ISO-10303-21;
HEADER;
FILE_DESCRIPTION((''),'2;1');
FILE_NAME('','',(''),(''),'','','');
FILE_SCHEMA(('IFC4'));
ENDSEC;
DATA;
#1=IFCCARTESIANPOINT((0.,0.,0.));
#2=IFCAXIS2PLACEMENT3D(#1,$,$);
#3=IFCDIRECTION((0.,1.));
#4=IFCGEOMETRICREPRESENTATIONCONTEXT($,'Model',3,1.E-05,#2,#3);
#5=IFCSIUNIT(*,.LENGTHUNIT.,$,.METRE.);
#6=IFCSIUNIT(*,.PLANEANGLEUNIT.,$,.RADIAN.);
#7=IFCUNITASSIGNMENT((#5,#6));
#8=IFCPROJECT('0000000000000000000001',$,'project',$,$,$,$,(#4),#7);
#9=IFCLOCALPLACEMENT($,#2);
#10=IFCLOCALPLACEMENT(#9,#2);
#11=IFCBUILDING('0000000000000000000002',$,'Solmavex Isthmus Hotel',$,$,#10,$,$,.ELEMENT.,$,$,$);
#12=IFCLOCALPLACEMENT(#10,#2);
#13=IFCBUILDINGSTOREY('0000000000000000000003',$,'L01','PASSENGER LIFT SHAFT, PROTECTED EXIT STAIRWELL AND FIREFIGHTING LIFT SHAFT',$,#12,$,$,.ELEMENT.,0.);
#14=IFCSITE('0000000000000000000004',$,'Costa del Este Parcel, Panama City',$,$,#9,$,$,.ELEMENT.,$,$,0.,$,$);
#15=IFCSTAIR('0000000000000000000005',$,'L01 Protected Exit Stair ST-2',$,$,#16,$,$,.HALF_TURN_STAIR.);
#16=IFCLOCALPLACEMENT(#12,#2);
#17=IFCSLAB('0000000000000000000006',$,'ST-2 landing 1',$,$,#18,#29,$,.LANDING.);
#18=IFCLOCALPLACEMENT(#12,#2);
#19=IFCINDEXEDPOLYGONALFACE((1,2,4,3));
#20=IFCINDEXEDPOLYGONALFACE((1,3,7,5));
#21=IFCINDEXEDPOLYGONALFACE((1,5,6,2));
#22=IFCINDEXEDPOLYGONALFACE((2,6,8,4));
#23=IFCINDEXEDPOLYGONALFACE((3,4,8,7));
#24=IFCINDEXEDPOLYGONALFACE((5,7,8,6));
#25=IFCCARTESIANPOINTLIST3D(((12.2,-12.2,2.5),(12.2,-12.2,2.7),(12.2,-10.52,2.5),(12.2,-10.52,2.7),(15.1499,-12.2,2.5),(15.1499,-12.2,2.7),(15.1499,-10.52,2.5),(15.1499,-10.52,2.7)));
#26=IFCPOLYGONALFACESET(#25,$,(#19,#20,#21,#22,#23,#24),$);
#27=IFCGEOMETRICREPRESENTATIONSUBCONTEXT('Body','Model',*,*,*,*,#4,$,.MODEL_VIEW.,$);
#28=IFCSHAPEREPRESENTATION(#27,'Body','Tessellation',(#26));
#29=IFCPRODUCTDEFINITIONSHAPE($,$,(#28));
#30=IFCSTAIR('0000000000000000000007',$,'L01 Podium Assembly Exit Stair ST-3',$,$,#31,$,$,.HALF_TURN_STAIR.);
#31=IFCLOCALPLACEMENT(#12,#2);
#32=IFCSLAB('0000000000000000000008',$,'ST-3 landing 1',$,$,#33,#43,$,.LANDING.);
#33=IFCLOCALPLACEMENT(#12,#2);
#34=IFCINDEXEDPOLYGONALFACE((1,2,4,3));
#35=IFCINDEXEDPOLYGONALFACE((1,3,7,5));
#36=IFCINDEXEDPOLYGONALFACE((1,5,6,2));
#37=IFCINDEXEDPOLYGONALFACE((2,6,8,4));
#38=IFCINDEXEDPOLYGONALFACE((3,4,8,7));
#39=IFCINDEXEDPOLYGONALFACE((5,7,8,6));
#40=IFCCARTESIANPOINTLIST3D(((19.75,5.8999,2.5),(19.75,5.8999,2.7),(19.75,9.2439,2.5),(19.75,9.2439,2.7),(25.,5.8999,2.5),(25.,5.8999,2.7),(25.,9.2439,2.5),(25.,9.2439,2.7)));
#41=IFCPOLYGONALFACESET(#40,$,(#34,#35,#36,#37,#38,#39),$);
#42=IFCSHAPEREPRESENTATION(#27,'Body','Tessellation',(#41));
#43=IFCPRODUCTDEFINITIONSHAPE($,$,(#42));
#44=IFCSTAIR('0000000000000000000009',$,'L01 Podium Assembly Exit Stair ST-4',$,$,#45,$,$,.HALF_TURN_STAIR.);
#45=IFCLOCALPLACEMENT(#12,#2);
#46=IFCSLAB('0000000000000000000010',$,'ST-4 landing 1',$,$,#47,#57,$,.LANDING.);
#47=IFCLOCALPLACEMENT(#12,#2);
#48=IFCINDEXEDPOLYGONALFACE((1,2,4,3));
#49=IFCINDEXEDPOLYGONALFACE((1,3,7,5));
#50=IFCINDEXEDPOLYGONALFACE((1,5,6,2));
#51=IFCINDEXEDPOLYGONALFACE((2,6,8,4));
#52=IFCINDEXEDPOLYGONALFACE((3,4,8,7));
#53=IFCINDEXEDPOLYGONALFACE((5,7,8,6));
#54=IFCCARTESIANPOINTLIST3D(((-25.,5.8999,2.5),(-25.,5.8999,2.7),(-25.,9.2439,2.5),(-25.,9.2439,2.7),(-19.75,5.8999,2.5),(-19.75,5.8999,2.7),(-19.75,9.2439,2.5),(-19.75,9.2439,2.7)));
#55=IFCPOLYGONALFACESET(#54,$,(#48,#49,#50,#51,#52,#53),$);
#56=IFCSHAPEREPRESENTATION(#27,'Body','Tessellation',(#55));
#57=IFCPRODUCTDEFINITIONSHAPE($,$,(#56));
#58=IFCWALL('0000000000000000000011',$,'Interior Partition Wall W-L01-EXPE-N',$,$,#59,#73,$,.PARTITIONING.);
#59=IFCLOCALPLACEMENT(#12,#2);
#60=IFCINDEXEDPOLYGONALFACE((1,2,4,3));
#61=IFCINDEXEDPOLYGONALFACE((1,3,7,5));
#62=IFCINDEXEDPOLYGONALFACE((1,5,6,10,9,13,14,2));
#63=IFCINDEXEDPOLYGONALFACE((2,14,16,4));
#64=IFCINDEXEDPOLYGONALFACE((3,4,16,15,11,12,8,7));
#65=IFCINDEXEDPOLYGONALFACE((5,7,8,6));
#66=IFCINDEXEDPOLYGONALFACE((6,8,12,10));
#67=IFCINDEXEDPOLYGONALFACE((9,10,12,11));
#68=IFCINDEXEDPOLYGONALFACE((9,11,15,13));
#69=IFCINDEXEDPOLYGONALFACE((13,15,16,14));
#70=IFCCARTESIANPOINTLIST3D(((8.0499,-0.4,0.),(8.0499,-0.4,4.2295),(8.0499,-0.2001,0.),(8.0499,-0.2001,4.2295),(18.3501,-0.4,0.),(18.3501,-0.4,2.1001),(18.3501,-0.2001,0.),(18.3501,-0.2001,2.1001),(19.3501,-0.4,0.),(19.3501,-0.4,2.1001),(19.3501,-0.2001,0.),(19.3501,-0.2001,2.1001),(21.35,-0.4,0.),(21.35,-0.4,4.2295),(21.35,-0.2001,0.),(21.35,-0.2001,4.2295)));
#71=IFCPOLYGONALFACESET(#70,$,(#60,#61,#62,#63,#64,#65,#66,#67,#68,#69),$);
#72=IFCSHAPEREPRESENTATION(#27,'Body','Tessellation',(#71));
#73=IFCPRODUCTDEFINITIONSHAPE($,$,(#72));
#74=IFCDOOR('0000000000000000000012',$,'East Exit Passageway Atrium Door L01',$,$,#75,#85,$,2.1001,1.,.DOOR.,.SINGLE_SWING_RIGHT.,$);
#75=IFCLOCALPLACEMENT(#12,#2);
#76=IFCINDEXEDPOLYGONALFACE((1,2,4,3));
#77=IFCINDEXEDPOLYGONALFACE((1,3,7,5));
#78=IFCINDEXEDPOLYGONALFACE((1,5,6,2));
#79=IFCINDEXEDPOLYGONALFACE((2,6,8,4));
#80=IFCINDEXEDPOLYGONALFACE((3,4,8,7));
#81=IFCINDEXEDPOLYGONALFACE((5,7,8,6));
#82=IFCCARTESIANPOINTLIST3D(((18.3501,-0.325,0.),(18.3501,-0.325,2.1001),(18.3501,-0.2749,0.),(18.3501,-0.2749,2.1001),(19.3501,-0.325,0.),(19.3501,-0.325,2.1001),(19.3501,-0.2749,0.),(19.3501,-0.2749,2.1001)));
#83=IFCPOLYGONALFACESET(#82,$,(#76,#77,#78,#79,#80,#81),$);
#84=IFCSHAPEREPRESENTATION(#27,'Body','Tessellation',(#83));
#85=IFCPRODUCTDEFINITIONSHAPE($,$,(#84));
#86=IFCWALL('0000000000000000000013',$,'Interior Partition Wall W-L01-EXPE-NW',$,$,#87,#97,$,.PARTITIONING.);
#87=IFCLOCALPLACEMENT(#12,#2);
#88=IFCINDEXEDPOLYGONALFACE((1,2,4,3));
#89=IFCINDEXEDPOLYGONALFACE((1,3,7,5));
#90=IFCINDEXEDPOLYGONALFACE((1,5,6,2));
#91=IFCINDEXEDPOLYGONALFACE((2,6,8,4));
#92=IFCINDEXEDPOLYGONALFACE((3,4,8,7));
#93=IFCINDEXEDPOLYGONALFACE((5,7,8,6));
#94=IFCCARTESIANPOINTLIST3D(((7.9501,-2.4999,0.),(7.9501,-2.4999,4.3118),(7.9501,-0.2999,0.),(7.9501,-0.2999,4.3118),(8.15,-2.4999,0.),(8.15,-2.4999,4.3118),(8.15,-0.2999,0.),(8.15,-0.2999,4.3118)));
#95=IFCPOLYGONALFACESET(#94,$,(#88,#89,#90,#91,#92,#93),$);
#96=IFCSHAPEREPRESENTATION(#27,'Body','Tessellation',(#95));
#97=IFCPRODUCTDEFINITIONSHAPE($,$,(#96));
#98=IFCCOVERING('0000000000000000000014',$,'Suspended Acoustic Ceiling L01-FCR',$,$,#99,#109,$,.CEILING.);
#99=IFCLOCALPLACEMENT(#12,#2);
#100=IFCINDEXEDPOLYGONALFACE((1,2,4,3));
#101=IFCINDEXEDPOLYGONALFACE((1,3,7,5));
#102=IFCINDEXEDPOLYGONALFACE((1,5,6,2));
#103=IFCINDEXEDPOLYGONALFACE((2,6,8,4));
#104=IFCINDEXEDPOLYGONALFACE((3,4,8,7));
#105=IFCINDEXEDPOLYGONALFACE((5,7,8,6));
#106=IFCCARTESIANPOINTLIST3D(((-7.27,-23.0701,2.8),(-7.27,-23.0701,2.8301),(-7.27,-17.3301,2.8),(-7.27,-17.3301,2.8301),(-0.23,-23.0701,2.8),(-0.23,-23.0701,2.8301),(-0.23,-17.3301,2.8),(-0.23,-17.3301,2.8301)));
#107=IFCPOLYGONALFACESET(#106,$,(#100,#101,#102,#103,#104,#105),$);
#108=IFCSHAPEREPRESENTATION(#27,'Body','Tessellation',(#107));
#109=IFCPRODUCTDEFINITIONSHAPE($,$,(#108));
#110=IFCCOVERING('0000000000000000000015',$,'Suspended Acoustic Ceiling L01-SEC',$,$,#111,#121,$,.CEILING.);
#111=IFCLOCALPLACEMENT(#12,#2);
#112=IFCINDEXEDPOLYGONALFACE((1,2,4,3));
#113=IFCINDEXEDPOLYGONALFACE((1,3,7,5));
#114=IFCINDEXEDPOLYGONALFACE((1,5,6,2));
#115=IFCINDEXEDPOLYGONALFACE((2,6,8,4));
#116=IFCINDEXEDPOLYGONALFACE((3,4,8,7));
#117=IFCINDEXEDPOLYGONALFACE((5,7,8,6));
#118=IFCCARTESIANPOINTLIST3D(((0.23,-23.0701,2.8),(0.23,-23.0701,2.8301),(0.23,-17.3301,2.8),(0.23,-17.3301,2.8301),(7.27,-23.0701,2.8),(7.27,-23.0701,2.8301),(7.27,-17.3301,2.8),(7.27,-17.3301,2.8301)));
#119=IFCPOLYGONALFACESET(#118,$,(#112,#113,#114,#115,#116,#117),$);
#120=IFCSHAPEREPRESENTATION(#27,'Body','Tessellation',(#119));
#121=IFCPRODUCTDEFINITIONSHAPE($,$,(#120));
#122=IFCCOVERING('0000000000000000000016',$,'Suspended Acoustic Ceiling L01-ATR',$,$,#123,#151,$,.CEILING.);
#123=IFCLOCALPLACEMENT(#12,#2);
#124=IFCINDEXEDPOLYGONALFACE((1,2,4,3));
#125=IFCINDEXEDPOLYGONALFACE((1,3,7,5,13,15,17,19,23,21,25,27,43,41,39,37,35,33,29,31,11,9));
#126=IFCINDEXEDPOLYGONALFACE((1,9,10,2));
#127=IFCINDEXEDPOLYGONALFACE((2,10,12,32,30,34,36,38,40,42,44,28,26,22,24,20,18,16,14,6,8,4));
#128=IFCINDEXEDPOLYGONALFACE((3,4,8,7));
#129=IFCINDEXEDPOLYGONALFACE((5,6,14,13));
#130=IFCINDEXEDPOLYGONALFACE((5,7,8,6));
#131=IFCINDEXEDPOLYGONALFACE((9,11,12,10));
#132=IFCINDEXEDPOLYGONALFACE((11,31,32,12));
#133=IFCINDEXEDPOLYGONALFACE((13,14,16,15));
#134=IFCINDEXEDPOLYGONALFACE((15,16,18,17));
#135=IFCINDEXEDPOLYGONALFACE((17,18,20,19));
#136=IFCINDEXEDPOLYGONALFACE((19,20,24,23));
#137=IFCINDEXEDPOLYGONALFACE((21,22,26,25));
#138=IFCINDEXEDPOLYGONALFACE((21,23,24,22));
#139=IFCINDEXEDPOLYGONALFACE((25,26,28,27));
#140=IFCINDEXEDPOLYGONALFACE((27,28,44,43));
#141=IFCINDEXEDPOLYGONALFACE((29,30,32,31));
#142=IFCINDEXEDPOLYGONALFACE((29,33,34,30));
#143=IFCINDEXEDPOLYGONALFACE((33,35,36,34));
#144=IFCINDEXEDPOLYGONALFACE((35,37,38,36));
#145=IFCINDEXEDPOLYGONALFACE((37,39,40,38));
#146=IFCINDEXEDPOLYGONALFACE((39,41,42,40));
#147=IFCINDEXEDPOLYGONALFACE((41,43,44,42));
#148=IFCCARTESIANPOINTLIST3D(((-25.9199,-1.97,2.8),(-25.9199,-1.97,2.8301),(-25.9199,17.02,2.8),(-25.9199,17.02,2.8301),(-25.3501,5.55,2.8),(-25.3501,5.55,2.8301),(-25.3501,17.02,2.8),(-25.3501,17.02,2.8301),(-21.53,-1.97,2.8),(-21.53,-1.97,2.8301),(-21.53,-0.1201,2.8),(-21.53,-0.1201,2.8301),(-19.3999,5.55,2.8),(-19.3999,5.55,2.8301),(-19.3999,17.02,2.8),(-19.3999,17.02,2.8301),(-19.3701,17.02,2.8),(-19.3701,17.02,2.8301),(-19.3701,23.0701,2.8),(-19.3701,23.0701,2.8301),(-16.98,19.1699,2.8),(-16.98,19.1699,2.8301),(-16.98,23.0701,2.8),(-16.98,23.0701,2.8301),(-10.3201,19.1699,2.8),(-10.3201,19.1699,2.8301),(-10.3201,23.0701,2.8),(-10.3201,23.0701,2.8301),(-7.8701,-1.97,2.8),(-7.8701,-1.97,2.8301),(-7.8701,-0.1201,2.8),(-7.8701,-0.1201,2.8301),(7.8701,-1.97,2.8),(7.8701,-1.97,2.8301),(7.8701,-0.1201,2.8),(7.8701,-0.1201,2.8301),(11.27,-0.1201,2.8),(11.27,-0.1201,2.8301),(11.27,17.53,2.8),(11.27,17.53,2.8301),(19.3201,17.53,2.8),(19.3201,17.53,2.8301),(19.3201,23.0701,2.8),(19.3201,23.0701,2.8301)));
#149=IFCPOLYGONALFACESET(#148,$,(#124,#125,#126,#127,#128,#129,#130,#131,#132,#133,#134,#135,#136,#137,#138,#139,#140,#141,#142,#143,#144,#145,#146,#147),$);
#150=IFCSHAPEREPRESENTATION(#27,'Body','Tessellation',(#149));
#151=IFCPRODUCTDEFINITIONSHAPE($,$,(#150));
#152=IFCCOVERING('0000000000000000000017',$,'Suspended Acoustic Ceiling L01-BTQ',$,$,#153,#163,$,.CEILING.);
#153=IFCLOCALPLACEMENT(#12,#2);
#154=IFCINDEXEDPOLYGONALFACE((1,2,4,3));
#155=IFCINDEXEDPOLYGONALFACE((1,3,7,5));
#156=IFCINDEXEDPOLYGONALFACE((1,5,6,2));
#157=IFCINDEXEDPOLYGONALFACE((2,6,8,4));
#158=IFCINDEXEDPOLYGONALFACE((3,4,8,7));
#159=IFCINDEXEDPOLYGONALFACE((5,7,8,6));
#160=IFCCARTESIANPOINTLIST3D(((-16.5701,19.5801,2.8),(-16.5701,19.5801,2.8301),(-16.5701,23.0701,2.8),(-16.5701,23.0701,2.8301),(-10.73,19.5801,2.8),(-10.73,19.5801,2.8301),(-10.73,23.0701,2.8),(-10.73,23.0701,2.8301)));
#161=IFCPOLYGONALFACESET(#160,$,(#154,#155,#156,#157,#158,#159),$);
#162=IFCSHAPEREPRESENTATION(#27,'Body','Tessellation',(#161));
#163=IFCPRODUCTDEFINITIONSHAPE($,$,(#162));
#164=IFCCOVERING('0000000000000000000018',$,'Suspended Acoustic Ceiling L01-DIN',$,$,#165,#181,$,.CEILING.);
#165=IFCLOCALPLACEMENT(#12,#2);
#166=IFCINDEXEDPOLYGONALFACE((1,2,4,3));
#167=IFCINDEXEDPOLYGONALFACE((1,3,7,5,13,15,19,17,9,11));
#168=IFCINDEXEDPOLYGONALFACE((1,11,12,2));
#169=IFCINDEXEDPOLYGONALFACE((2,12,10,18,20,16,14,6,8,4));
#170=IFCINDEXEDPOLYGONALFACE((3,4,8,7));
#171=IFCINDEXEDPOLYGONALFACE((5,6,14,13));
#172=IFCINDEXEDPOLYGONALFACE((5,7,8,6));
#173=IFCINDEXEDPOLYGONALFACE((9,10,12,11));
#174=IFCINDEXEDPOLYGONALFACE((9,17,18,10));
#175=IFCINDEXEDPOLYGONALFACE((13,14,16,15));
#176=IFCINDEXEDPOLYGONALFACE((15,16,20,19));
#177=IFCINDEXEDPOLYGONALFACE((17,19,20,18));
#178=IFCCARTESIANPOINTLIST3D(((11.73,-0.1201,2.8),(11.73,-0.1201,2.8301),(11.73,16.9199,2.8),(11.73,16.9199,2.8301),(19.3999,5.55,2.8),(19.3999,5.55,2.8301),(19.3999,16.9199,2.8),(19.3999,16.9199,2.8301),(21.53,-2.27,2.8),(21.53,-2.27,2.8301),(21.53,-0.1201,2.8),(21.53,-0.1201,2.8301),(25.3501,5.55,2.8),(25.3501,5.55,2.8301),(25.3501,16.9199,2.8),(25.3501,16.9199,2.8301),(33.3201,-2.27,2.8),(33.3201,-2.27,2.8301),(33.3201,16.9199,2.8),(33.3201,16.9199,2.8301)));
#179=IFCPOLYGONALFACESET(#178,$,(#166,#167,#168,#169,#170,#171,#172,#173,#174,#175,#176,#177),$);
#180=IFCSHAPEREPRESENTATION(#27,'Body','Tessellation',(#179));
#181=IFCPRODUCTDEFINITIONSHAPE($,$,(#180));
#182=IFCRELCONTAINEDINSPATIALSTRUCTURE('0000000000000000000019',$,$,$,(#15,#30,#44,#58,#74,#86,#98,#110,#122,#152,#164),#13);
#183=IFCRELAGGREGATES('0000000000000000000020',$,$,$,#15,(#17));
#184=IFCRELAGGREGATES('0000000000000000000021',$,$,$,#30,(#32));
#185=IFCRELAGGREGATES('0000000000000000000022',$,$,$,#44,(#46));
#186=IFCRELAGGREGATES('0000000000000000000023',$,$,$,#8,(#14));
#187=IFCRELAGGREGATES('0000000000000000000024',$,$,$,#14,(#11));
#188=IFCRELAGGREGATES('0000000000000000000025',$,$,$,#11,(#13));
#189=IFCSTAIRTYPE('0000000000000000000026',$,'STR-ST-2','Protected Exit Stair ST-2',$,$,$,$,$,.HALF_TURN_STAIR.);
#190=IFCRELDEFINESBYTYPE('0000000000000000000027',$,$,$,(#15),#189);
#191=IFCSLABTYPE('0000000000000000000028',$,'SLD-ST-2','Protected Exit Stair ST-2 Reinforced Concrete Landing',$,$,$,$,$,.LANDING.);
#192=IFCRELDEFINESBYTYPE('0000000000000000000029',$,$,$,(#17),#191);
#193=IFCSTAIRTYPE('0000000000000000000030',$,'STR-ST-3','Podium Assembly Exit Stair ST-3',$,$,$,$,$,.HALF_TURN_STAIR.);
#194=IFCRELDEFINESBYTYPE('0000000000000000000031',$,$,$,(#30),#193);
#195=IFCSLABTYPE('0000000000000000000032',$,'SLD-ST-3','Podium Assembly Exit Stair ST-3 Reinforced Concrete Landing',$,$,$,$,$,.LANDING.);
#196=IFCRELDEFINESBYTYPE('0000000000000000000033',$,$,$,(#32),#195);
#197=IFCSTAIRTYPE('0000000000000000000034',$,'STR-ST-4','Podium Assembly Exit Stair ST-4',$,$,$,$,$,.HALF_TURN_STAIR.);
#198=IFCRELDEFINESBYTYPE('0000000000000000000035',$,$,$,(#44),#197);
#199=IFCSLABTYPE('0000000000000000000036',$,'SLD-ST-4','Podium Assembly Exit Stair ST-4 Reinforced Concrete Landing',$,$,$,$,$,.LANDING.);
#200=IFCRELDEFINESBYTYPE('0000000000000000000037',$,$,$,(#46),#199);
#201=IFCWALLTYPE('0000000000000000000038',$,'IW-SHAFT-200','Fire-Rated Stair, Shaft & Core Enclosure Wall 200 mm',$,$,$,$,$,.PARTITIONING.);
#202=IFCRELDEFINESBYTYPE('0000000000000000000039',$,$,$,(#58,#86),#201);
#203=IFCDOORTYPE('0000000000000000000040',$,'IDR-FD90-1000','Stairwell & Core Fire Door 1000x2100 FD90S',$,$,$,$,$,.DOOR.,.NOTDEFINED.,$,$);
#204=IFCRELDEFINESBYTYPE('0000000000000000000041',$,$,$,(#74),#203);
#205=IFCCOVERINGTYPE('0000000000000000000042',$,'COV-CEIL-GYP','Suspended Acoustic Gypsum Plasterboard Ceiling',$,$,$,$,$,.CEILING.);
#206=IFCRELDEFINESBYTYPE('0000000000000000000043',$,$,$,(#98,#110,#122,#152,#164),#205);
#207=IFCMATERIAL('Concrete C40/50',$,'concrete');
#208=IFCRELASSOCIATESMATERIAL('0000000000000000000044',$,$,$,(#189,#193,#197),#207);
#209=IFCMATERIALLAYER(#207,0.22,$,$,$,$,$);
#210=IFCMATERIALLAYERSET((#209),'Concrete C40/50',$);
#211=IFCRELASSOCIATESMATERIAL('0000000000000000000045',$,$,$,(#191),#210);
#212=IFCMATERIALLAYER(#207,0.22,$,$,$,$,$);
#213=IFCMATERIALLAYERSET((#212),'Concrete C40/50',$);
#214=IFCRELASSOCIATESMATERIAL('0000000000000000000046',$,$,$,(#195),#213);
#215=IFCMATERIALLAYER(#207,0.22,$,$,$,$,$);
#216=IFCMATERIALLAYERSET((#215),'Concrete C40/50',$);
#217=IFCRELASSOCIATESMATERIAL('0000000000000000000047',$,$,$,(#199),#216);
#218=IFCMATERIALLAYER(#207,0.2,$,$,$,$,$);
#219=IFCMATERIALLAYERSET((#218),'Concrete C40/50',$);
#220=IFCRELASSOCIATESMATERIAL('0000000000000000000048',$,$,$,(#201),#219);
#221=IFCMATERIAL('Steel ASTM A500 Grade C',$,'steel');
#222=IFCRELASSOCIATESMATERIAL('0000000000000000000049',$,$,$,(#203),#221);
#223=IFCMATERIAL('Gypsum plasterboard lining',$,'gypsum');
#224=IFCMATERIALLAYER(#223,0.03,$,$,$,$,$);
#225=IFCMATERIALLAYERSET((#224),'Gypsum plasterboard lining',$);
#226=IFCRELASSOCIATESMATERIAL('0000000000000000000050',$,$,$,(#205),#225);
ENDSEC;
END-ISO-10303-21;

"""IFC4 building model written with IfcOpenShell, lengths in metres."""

from ifc_helpers import new_model, si_unit, direction, frame, frame_2d, origin, place, context, subcontext, project, spatial, polyline, rectangle, outline, extrude, material, layer, layer_set, type_object, element, fill, aggregate, save


model = new_model("IFC4")

# Units and contexts
model_context = context("Model", 3, precision=1e-05, world=origin(), true_north=direction((0.0, 1.0)))
body_context = subcontext(model_context, "Body", "Model", "MODEL_VIEW")
ifc_project = project(units=[si_unit("LENGTHUNIT", "METRE"), si_unit("PLANEANGLEUNIT", "RADIAN")], contexts=[model_context])

# Site, building, storey
site_placement = place(None, origin())
site = spatial("IfcSite", under=ifc_project, at=site_placement, Name="Costa del Este Parcel, Panama City", CompositionType="ELEMENT", RefElevation=0.0)
building_placement = place(site_placement, origin())
building = spatial("IfcBuilding", under=site, at=building_placement, Name="Solmavex Isthmus Hotel", CompositionType="ELEMENT")
storey_placement = place(building_placement, origin())
storey = spatial("IfcBuildingStorey", under=building, at=storey_placement, Name="L01", Description="PASSENGER LIFT SHAFT, PROTECTED EXIT STAIRWELL AND FIREFIGHTING LIFT SHAFT", CompositionType="ELEMENT", Elevation=0.0)

# Shared definitions
ifc_material_1 = material(Name="Concrete C40/50", Category="concrete")

# Stairs, slabs
stair_type_1 = type_object("IfcStairType", Name="STR-ST-2", Description="Protected Exit Stair ST-2", PredefinedType="HALF_TURN_STAIR", material=ifc_material_1)
stair_1_placement = place(storey_placement, origin())
stair_1 = element("IfcStair", 1, at=stair_1_placement, inside=storey, type_object=stair_type_1, Name="L01 Protected Exit Stair ST-2", PredefinedType="HALF_TURN_STAIR")
ifc_layer_1 = layer(ifc_material_1, 0.22)
ifc_layer_set_1 = layer_set([ifc_layer_1], Name="Concrete C40/50")
slab_type_1 = type_object("IfcSlabType", Name="SLD-ST-2", Description="Protected Exit Stair ST-2 Reinforced Concrete Landing", PredefinedType="LANDING", material=ifc_layer_set_1)
slab_1_placement = place(storey_placement, frame((0.0, 0.0, 2.5)))
slab_1 = element("IfcSlab", 2, at=slab_1_placement, type_object=slab_type_1, Name="ST-2 landing 1", PredefinedType="LANDING", context=body_context, shape_type="SweptSolid", body=[
    extrude(outline(polyline([(12.2, -10.52), (12.2, -12.2), (15.1499, -12.2), (15.1499, -10.52), (12.2, -10.52)])), origin(), (0.0, 0.0, 1.0), 0.2),
])
aggregate(stair_1, [slab_1])
stair_type_2 = type_object("IfcStairType", Name="STR-ST-3", Description="Podium Assembly Exit Stair ST-3", PredefinedType="HALF_TURN_STAIR", material=ifc_material_1)
stair_2_placement = place(storey_placement, origin())
stair_2 = element("IfcStair", 3, at=stair_2_placement, inside=storey, type_object=stair_type_2, Name="L01 Podium Assembly Exit Stair ST-3", PredefinedType="HALF_TURN_STAIR")
ifc_layer_2 = layer(ifc_material_1, 0.22)
ifc_layer_set_2 = layer_set([ifc_layer_2], Name="Concrete C40/50")
slab_type_2 = type_object("IfcSlabType", Name="SLD-ST-3", Description="Podium Assembly Exit Stair ST-3 Reinforced Concrete Landing", PredefinedType="LANDING", material=ifc_layer_set_2)
slab_2_placement = place(storey_placement, frame((0.0, 0.0, 2.5)))
slab_2 = element("IfcSlab", 4, at=slab_2_placement, type_object=slab_type_2, Name="ST-3 landing 1", PredefinedType="LANDING", context=body_context, shape_type="SweptSolid", body=[
    extrude(outline(polyline([(19.75, 9.2439), (19.75, 5.8999), (25.0, 5.8999), (25.0, 9.2439), (19.75, 9.2439)])), origin(), (0.0, 0.0, 1.0), 0.2),
])
aggregate(stair_2, [slab_2])
stair_type_3 = type_object("IfcStairType", Name="STR-ST-4", Description="Podium Assembly Exit Stair ST-4", PredefinedType="HALF_TURN_STAIR", material=ifc_material_1)
stair_3_placement = place(storey_placement, origin())
stair_3 = element("IfcStair", 5, at=stair_3_placement, inside=storey, type_object=stair_type_3, Name="L01 Podium Assembly Exit Stair ST-4", PredefinedType="HALF_TURN_STAIR")
ifc_layer_3 = layer(ifc_material_1, 0.22)
ifc_layer_set_3 = layer_set([ifc_layer_3], Name="Concrete C40/50")
slab_type_3 = type_object("IfcSlabType", Name="SLD-ST-4", Description="Podium Assembly Exit Stair ST-4 Reinforced Concrete Landing", PredefinedType="LANDING", material=ifc_layer_set_3)
slab_3_placement = place(storey_placement, frame((0.0, 0.0, 2.5)))
slab_3 = element("IfcSlab", 6, at=slab_3_placement, type_object=slab_type_3, Name="ST-4 landing 1", PredefinedType="LANDING", context=body_context, shape_type="SweptSolid", body=[
    extrude(outline(polyline([(-25.0, 9.2439), (-25.0, 5.8999), (-19.75, 5.8999), (-19.75, 9.2439), (-25.0, 9.2439)])), origin(), (0.0, 0.0, 1.0), 0.2),
])
aggregate(stair_3, [slab_3])

# Wall, opening, door
ifc_layer_4 = layer(ifc_material_1, 0.2)
ifc_layer_set_4 = layer_set([ifc_layer_4], Name="Concrete C40/50")
wall_type = type_object("IfcWallType", Name="IW-SHAFT-200", Description="Fire-Rated Stair, Shaft & Core Enclosure Wall 200 mm", PredefinedType="PARTITIONING", material=ifc_layer_set_4)
wall_1_placement = place(storey_placement, frame((8.05, -0.3, 0.0), z_axis=(0.0, 0.0, 1.0), x_axis=(1.0, 0.0, 0.0)))
wall_1 = element("IfcWall", 7, at=wall_1_placement, inside=storey, type_object=wall_type, Name="Interior Partition Wall W-L01-EXPE-N", PredefinedType="PARTITIONING", context=body_context, shape_type="SweptSolid", body=[
    extrude(rectangle(XDim=13.3, YDim=0.2, at=frame_2d((6.6499, 0.0))), origin(), (0.0, 0.0, 1.0), 4.2295),
])
opening_placement = place(wall_1_placement, frame((10.3, 0.0, 0.0)))
opening = element("IfcOpeningElement", 8, at=opening_placement, cuts=wall_1, PredefinedType="OPENING", context=body_context, shape_type="SweptSolid", body=[
    extrude(rectangle(XDim=1.0, YDim=2.1001, at=frame_2d((0.5, 1.05))), frame((0.0, 0.1099, 0.0), z_axis=(0.0, -1.0, 0.0), x_axis=(1.0, 0.0, 0.0)), (0.0, 0.0, 1.0), 0.22),
])
ifc_material_2 = material(Name="Steel ASTM A500 Grade C", Category="steel")
door_type = type_object("IfcDoorType", Name="IDR-FD90-1000", Description="Stairwell & Core Fire Door 1000x2100 FD90S", OperationType="NOTDEFINED", PredefinedType="DOOR", material=ifc_material_2)
door_placement = place(opening_placement, frame((1.0, 0.0, 0.0), z_axis=(0.0, 0.0, 1.0), x_axis=(-1.0, 0.0, 0.0)))
door = element("IfcDoor", 9, at=door_placement, inside=storey, type_object=door_type, Name="East Exit Passageway Atrium Door L01", OperationType="SINGLE_SWING_RIGHT", OverallHeight=2.1001, OverallWidth=1.0, PredefinedType="DOOR", context=body_context, shape_type="SweptSolid", body=[
    extrude(rectangle(XDim=1.0, YDim=2.1001, at=frame_2d((0.5, 1.05))), frame((0.0, 0.0249, 0.0), z_axis=(0.0, -1.0, 0.0), x_axis=(1.0, 0.0, 0.0)), (0.0, 0.0, 1.0), 0.05),
])
fill(opening, door)

# Wall
wall_2_placement = place(storey_placement, frame((8.05, -2.5, 0.0), z_axis=(0.0, 0.0, 1.0), x_axis=(0.0, 1.0, 0.0)))
element("IfcWall", 10, at=wall_2_placement, inside=storey, type_object=wall_type, Name="Interior Partition Wall W-L01-EXPE-NW", PredefinedType="PARTITIONING", context=body_context, shape_type="SweptSolid", body=[
    extrude(rectangle(XDim=2.2, YDim=0.2, at=frame_2d((1.1001, 0.0))), origin(), (0.0, 0.0, 1.0), 4.3118),
])

# Coverings
ifc_material_3 = material(Name="Gypsum plasterboard lining", Category="gypsum")
ifc_layer_5 = layer(ifc_material_3, 0.03)
ifc_layer_set_5 = layer_set([ifc_layer_5], Name="Gypsum plasterboard lining")
covering_type_1 = type_object("IfcCoveringType", Name="COV-CEIL-GYP", Description="Suspended Acoustic Gypsum Plasterboard Ceiling", PredefinedType="CEILING", material=ifc_layer_set_5)
covering_1_placement = place(storey_placement, frame((0.0, 0.0, 2.8)))
element("IfcCovering", 11, at=covering_1_placement, inside=storey, type_object=covering_type_1, Name="Suspended Acoustic Ceiling L01-FCR", PredefinedType="CEILING", context=body_context, shape_type="SweptSolid", body=[
    extrude(outline(polyline([(-0.23, -23.0701), (-0.23, -17.3301), (-7.27, -17.3301), (-7.27, -23.0701), (-0.23, -23.0701)])), origin(), (0.0, 0.0, 1.0), 0.03),
])
covering_2_placement = place(storey_placement, frame((0.0, 0.0, 2.8)))
element("IfcCovering", 12, at=covering_2_placement, inside=storey, type_object=covering_type_1, Name="Suspended Acoustic Ceiling L01-SEC", PredefinedType="CEILING", context=body_context, shape_type="SweptSolid", body=[
    extrude(outline(polyline([(7.27, -23.0701), (7.27, -17.3301), (0.23, -17.3301), (0.23, -23.0701), (7.27, -23.0701)])), origin(), (0.0, 0.0, 1.0), 0.03),
])
covering_3_placement = place(storey_placement, frame((0.0, 0.0, 2.8)))
element("IfcCovering", 13, at=covering_3_placement, inside=storey, type_object=covering_type_1, Name="Suspended Acoustic Ceiling L01-ATR", PredefinedType="CEILING", context=body_context, shape_type="SweptSolid", body=[
    extrude(outline(polyline([(-19.3999, 17.02), (-19.3999, 5.55), (-25.3501, 5.55), (-25.3501, 17.02), (-25.9199, 17.02), (-25.9199, -1.97), (-21.53, -1.97), (-21.53, -0.1201), (-7.8701, -0.1201), (-7.8701, -1.97), (7.8701, -1.97), (7.8701, -0.1201), (11.27, -0.1201), (11.27, 17.53), (19.3201, 17.53), (19.3201, 23.0701), (-10.3201, 23.0701), (-10.3201, 19.1699), (-16.98, 19.1699), (-16.98, 23.0701), (-19.3701, 23.0701), (-19.3701, 17.02), (-19.3999, 17.02)])), origin(), (0.0, 0.0, 1.0), 0.03),
])
covering_4_placement = place(storey_placement, frame((0.0, 0.0, 2.8)))
element("IfcCovering", 14, at=covering_4_placement, inside=storey, type_object=covering_type_1, Name="Suspended Acoustic Ceiling L01-BTQ", PredefinedType="CEILING", context=body_context, shape_type="SweptSolid", body=[
    extrude(outline(polyline([(-10.73, 19.5801), (-10.73, 23.0701), (-16.5701, 23.0701), (-16.5701, 19.5801), (-10.73, 19.5801)])), origin(), (0.0, 0.0, 1.0), 0.03),
])
covering_5_placement = place(storey_placement, frame((0.0, 0.0, 2.8)))
element("IfcCovering", 15, at=covering_5_placement, inside=storey, type_object=covering_type_1, Name="Suspended Acoustic Ceiling L01-DIN", PredefinedType="CEILING", context=body_context, shape_type="SweptSolid", body=[
    extrude(outline(polyline([(11.73, 16.9199), (11.73, -0.1201), (21.53, -0.1201), (21.53, -2.27), (33.3201, -2.27), (33.3201, 16.9199), (25.3501, 16.9199), (25.3501, 5.55), (19.3999, 5.55), (19.3999, 16.9199), (11.73, 16.9199)])), origin(), (0.0, 0.0, 1.0), 0.03),
])

save(model, "model.ifc")
